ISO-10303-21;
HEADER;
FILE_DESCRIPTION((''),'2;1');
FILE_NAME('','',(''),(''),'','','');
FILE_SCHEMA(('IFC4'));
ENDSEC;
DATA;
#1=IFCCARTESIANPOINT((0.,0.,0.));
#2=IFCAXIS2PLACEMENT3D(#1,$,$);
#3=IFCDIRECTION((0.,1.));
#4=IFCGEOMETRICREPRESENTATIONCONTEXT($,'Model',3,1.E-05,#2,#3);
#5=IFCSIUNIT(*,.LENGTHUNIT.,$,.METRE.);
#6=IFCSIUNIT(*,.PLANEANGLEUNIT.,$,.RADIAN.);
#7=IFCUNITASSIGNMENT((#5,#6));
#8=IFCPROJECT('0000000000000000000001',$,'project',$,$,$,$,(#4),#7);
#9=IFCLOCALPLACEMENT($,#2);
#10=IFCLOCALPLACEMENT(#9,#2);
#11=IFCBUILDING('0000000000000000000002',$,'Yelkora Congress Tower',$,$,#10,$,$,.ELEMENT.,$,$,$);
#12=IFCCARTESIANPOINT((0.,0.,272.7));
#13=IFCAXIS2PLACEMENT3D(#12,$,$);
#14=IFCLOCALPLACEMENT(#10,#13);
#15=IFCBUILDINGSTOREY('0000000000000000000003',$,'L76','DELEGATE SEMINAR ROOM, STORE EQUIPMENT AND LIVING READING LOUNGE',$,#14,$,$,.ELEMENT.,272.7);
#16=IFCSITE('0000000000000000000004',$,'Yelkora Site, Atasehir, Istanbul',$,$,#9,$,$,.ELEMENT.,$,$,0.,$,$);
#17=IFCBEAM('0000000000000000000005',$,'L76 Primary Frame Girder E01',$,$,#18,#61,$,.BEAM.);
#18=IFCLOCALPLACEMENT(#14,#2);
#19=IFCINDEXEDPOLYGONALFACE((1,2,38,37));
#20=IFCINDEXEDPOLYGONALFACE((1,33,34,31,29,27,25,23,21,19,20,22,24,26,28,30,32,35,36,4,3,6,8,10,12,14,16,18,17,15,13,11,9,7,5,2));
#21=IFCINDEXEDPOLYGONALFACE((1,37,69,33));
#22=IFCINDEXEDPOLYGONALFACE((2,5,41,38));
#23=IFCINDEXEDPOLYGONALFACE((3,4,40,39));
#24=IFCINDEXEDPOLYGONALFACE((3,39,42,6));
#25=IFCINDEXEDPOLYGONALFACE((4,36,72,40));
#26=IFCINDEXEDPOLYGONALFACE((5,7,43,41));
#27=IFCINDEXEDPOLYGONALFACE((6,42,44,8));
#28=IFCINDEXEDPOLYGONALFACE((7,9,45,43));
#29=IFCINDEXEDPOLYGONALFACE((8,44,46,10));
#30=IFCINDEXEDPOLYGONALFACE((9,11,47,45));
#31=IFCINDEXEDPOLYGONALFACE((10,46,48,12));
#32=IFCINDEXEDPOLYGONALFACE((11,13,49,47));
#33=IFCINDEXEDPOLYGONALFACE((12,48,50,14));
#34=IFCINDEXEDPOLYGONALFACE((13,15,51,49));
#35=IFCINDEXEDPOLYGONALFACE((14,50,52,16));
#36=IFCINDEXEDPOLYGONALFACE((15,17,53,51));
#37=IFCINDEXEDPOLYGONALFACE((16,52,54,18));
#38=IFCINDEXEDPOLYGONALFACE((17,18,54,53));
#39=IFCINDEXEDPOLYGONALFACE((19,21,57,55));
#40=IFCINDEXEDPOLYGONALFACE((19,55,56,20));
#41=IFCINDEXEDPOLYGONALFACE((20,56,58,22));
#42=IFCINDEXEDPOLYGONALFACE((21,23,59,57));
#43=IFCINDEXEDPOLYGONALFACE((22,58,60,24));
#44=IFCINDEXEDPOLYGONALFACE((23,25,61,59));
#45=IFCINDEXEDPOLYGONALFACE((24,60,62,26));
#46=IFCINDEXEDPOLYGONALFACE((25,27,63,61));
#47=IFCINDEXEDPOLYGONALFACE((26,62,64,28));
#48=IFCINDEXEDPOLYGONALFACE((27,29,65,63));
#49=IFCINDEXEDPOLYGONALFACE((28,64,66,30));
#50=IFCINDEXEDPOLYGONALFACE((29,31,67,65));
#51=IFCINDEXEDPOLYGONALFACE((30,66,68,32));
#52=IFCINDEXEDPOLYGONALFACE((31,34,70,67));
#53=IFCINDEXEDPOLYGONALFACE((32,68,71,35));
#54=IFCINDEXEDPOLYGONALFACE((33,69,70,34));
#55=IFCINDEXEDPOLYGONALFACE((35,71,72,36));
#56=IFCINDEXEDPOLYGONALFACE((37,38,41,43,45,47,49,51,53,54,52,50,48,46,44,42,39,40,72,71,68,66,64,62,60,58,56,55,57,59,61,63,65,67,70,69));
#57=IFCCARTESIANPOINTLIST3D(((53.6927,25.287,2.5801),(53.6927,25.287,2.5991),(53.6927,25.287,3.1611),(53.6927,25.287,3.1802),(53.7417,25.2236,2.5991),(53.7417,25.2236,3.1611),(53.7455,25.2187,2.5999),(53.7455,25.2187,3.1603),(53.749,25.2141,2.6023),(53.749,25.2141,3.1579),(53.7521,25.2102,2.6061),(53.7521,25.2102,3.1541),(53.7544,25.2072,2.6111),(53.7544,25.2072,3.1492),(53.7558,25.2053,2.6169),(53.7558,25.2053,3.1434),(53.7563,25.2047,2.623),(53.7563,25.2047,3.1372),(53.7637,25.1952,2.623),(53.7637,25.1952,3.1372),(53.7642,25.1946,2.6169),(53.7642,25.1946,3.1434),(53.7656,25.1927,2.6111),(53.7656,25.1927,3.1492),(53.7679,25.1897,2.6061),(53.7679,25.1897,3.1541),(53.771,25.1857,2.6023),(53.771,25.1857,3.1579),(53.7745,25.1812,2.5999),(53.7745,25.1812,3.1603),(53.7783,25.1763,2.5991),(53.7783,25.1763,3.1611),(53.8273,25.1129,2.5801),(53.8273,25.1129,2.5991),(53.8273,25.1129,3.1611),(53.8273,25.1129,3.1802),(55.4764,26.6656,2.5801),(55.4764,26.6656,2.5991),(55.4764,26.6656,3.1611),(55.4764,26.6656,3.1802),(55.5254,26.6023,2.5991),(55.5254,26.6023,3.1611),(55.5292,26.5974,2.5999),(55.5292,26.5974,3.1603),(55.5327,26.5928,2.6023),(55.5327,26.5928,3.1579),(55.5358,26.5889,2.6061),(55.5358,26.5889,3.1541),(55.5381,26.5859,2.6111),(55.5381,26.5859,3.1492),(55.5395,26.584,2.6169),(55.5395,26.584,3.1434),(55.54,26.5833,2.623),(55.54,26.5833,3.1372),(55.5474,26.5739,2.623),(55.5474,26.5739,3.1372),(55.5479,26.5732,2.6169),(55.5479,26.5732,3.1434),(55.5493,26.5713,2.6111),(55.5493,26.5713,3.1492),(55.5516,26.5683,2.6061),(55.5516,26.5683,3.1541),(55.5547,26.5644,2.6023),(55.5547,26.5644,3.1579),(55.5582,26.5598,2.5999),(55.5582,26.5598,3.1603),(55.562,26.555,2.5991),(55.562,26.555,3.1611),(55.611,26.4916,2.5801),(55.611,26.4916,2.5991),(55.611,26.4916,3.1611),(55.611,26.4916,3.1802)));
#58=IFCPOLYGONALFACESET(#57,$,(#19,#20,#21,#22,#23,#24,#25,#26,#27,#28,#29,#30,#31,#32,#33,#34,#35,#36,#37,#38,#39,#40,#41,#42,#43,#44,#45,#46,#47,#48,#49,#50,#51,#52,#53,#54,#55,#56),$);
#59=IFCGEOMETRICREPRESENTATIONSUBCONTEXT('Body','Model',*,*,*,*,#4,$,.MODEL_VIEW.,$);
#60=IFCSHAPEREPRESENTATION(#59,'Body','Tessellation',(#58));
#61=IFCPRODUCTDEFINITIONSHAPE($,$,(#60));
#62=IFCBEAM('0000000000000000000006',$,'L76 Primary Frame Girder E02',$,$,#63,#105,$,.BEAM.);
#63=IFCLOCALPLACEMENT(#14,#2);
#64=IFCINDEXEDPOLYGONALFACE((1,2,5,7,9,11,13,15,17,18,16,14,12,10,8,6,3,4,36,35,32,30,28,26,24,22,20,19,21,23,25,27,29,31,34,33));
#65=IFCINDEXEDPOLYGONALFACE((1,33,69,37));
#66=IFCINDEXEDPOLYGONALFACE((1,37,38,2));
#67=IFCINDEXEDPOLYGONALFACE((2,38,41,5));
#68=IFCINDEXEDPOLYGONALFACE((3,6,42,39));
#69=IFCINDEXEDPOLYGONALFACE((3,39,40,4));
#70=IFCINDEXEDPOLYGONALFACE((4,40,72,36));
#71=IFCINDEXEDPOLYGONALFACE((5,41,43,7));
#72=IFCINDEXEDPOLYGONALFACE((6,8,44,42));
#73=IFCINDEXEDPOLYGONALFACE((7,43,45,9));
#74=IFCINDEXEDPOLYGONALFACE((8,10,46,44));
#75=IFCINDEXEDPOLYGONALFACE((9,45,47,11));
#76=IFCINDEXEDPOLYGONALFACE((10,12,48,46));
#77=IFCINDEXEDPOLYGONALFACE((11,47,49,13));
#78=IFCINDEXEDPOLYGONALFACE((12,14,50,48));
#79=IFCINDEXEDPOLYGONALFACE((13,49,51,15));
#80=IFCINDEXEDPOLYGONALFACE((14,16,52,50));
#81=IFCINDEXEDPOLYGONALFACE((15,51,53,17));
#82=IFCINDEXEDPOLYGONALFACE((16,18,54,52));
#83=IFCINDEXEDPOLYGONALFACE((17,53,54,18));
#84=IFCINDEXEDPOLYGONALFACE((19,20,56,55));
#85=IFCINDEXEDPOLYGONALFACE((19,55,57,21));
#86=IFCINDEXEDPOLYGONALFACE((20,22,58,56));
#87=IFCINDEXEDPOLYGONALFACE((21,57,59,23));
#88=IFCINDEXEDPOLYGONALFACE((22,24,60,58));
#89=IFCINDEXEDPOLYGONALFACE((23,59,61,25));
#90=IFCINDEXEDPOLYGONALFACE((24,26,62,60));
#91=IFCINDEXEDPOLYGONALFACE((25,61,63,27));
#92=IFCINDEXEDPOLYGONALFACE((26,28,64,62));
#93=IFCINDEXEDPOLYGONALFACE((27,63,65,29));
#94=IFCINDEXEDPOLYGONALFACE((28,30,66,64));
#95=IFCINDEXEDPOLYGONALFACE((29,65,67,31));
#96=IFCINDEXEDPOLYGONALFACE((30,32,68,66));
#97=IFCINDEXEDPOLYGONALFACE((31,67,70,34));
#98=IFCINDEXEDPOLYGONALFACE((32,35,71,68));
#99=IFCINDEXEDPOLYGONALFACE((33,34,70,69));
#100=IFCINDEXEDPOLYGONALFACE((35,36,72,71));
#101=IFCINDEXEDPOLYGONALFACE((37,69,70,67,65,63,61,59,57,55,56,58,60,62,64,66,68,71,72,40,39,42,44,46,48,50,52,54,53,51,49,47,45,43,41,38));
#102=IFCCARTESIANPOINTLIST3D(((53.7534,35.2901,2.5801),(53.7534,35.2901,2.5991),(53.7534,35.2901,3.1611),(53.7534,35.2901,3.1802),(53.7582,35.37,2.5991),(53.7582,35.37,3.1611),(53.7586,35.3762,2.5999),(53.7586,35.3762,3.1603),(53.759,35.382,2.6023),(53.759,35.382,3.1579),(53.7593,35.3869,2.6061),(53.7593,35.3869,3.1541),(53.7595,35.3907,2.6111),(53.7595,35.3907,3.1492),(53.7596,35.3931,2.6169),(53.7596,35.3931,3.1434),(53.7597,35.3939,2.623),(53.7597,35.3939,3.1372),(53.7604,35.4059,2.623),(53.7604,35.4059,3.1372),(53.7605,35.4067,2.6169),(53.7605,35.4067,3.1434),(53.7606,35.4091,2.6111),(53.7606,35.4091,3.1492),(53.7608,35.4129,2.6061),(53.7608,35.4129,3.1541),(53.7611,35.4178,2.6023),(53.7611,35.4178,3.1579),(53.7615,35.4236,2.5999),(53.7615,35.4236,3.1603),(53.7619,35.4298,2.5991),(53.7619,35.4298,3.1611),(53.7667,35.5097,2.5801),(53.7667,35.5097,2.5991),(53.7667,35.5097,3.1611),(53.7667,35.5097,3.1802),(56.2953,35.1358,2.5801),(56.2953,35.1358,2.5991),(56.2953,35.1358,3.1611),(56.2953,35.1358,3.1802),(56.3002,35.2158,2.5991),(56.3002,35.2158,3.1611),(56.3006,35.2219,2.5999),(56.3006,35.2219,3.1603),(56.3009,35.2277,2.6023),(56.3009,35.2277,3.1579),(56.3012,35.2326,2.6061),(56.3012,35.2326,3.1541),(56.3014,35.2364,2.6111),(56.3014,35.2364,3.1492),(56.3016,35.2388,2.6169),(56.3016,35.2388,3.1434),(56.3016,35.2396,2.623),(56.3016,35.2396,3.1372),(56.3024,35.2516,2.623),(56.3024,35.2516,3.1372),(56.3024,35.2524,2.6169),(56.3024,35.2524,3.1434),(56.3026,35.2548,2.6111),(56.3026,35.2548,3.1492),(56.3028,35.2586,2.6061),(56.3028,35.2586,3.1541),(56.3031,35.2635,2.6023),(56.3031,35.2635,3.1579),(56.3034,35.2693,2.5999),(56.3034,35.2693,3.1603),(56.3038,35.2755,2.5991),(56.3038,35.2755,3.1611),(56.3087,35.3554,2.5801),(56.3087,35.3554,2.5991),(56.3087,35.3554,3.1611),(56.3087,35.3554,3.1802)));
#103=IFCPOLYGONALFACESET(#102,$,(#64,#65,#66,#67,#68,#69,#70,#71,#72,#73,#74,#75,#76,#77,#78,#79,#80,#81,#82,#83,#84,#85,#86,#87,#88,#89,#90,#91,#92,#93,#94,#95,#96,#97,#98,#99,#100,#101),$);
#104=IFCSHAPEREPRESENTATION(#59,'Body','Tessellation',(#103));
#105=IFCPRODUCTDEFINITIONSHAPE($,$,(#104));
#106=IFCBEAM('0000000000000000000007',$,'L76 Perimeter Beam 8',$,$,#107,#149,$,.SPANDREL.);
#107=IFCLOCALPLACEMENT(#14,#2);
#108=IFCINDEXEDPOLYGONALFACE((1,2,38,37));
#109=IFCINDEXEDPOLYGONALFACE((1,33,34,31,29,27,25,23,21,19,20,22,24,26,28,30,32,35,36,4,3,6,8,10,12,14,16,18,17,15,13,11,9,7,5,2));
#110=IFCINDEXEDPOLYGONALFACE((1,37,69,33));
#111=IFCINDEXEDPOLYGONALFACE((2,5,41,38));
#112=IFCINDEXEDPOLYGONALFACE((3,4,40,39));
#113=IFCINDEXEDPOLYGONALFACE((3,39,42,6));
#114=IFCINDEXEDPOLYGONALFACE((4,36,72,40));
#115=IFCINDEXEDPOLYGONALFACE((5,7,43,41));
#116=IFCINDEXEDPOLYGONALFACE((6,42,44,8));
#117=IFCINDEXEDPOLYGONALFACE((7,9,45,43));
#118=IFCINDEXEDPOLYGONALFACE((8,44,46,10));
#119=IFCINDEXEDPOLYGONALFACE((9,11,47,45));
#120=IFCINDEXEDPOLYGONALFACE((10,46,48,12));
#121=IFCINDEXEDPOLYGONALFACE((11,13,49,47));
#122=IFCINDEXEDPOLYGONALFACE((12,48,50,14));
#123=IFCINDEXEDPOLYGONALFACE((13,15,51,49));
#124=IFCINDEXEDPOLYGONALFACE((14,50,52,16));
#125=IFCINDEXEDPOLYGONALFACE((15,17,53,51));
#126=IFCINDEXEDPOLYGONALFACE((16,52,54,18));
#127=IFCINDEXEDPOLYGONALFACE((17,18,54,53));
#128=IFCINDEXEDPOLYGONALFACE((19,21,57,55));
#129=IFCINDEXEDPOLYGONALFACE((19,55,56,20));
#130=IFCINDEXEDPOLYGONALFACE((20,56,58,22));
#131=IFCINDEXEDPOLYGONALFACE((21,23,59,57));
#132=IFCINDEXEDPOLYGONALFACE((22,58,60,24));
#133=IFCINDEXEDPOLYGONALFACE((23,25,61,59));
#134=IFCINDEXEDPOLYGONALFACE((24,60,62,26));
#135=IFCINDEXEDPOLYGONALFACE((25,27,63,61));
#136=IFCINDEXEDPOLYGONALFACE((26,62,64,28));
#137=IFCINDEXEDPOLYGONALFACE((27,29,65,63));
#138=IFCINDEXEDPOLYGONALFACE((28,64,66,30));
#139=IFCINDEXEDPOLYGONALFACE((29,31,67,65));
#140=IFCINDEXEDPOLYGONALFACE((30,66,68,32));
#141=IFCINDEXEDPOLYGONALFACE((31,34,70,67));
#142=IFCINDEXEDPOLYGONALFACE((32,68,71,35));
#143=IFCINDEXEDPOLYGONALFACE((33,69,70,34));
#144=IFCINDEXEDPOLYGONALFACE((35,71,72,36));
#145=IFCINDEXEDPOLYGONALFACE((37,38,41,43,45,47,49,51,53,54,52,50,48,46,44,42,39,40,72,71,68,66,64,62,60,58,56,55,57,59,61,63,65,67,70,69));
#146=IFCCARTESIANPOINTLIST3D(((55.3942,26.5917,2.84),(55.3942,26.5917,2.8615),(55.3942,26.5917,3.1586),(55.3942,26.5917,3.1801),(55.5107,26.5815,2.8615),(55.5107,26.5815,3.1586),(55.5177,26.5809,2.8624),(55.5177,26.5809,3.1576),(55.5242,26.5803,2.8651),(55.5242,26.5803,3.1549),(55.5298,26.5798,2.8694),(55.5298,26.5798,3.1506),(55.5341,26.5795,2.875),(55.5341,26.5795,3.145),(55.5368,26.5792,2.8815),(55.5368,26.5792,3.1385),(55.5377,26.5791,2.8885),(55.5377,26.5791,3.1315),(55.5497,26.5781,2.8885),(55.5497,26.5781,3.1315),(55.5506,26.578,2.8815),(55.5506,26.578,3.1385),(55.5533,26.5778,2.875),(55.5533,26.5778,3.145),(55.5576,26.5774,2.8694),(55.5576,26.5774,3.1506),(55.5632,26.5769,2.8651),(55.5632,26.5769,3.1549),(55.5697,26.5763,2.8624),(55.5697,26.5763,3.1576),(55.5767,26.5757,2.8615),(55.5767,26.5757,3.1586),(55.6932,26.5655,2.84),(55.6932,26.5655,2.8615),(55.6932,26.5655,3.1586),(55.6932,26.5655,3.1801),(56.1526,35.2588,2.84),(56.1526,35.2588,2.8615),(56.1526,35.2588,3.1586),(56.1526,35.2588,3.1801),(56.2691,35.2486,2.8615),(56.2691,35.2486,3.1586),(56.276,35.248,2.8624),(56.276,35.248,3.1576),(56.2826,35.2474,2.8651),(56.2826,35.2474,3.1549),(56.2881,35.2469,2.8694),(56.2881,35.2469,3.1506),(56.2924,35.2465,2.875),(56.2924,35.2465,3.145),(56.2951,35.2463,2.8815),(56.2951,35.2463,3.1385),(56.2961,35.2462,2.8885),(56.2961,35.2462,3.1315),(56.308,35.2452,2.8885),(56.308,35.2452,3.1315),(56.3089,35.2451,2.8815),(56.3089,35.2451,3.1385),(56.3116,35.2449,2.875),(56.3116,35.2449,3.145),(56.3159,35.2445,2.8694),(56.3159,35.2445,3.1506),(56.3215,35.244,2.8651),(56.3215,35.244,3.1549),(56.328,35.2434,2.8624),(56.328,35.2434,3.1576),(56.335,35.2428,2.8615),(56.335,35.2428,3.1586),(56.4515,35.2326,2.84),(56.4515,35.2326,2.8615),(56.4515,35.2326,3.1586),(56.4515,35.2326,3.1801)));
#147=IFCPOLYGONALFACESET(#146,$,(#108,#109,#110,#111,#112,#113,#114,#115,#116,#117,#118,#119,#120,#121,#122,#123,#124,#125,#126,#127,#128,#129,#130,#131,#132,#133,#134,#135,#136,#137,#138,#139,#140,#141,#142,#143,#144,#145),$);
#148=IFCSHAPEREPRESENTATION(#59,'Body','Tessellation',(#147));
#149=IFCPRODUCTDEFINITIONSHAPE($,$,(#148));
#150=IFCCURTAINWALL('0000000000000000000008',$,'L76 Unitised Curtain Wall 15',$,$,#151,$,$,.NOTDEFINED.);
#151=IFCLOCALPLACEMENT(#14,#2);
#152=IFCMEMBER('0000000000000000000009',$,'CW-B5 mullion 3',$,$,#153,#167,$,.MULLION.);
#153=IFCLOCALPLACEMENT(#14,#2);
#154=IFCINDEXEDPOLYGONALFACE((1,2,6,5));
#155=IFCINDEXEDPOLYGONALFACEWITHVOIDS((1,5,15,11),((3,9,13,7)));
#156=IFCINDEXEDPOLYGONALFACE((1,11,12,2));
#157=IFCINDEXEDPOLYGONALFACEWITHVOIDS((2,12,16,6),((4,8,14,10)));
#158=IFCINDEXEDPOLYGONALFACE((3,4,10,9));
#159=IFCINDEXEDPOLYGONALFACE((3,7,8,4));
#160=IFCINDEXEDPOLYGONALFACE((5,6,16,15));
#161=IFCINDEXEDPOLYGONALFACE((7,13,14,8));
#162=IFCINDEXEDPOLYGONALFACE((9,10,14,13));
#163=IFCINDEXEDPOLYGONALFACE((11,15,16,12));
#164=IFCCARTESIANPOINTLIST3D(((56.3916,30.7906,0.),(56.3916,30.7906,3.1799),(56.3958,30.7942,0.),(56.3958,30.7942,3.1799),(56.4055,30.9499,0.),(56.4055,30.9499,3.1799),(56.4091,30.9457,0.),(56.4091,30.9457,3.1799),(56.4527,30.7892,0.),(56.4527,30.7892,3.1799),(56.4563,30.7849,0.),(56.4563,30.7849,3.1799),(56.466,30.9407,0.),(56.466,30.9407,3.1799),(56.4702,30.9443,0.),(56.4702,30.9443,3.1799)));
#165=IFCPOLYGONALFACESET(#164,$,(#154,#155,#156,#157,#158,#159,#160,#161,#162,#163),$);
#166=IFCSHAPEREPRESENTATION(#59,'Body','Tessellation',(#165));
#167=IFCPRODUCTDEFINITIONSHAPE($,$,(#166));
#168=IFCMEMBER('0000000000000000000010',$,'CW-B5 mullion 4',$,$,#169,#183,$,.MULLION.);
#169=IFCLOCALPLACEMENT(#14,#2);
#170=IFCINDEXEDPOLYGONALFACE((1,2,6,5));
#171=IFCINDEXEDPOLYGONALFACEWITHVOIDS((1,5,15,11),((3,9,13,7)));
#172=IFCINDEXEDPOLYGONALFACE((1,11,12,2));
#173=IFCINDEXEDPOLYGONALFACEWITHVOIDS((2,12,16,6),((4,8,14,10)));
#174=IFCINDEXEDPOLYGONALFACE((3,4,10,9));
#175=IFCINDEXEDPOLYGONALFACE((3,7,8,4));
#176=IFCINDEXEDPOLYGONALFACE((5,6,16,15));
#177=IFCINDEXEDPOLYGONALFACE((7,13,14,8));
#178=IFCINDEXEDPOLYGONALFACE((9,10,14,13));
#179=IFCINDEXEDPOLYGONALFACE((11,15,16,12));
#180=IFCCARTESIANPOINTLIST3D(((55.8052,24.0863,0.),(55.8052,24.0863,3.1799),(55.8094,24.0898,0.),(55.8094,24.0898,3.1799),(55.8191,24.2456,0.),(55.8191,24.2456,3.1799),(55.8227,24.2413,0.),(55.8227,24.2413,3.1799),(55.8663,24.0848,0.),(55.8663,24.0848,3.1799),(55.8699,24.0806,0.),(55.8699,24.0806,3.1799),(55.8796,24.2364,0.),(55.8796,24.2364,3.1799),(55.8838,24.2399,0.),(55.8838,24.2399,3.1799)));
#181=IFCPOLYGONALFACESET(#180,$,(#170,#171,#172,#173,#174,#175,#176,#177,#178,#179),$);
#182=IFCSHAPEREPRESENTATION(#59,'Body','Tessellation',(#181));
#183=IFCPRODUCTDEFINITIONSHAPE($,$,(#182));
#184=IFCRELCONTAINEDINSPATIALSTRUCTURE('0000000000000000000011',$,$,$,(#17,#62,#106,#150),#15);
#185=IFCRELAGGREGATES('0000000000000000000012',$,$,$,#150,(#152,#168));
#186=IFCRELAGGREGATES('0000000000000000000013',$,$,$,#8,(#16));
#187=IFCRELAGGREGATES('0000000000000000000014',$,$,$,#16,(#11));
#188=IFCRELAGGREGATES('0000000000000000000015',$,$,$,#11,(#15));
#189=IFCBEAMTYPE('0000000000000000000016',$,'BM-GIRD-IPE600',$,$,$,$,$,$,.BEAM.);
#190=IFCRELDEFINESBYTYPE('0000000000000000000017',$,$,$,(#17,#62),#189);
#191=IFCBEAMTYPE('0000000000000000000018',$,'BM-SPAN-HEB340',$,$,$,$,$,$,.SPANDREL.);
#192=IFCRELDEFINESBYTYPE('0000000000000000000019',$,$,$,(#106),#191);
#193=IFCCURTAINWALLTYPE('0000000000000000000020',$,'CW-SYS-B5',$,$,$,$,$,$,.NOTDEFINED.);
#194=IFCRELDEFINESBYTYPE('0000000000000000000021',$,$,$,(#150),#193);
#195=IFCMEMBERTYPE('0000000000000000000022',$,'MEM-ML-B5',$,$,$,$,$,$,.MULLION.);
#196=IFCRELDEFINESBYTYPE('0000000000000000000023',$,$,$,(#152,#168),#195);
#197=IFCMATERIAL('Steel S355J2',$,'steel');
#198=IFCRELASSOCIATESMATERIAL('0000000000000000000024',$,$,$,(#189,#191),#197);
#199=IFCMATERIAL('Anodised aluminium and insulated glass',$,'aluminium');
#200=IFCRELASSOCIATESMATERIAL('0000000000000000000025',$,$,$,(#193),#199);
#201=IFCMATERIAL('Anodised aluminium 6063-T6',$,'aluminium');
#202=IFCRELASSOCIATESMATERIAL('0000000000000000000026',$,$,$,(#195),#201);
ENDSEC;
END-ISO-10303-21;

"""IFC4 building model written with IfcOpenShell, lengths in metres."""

from ifc_helpers import new_model, si_unit, direction, frame, origin, origin_2d, place, context, subcontext, project, spatial, hollow_rectangle, i_section, extrude, material, material_profile, profile_set, type_object, element, aggregate, save


model = new_model("IFC4")

# Units and contexts
model_context = context("Model", 3, precision=1e-05, world=origin(), true_north=direction((0.0, 1.0)))
body_context = subcontext(model_context, "Body", "Model", "MODEL_VIEW")
ifc_project = project(units=[si_unit("LENGTHUNIT", "METRE"), si_unit("PLANEANGLEUNIT", "RADIAN")], contexts=[model_context])

# Site, building, storey
site_placement = place(None, origin())
site = spatial("IfcSite", under=ifc_project, at=site_placement, Name="Yelkora Site, Atasehir, Istanbul", CompositionType="ELEMENT", RefElevation=0.0)
building_placement = place(site_placement, origin())
building = spatial("IfcBuilding", under=site, at=building_placement, Name="Yelkora Congress Tower", CompositionType="ELEMENT")
storey_placement = place(building_placement, frame((0.0, 0.0, 272.7)))
storey = spatial("IfcBuildingStorey", under=building, at=storey_placement, Name="L76", Description="DELEGATE SEMINAR ROOM, STORE EQUIPMENT AND LIVING READING LOUNGE", CompositionType="ELEMENT", Elevation=272.7)

# Shared definitions
ifc_material_1 = material(Name="Steel S355J2", Category="steel")

# Beams
ifc_material_profile_1 = material_profile(ifc_material_1, i_section(OverallWidth=0.22, OverallDepth=0.6001, WebThickness=0.012, FlangeThickness=0.019, FilletRadius=0.0239, at=origin_2d()), Name="IPE 600")
ifc_profile_set_1 = profile_set([ifc_material_profile_1], Name="Steel S355J2")
beam_type_1 = type_object("IfcBeamType", Name="BM-GIRD-IPE600", PredefinedType="BEAM", material=ifc_profile_set_1)
beam_1_placement = place(storey_placement, frame((55.5437, 26.5786, 2.8801), z_axis=(-0.791209, -0.611546, 0.0), x_axis=(0.611546, -0.791209, 0.0)))
element("IfcBeam", 1, at=beam_1_placement, inside=storey, type_object=beam_type_1, Name="L76 Primary Frame Girder E01", PredefinedType="BEAM", context=body_context, shape_type="SweptSolid", body=[
    extrude(i_section(OverallWidth=0.22, OverallDepth=0.6001, WebThickness=0.012, FlangeThickness=0.019, FilletRadius=0.0239, at=origin_2d()), origin(), (0.0, 0.0, 1.0), 2.2544),
])
beam_2_placement = place(storey_placement, frame((56.302, 35.2456, 2.8801), z_axis=(-0.998163, 0.060588, 0.0), x_axis=(-0.060588, -0.998163, 0.0)))
element("IfcBeam", 2, at=beam_2_placement, inside=storey, type_object=beam_type_1, Name="L76 Primary Frame Girder E02", PredefinedType="BEAM", context=body_context, shape_type="SweptSolid", body=[
    extrude(i_section(OverallWidth=0.22, OverallDepth=0.6001, WebThickness=0.012, FlangeThickness=0.019, FilletRadius=0.0239, at=origin_2d()), origin(), (0.0, 0.0, 1.0), 2.5466),
])
ifc_material_profile_2 = material_profile(ifc_material_1, i_section(OverallWidth=0.3, OverallDepth=0.3401, WebThickness=0.012, FlangeThickness=0.0215, FilletRadius=0.0271, at=origin_2d()), Name="HEB 340")
ifc_profile_set_2 = profile_set([ifc_material_profile_2], Name="Steel S355J2")
beam_type_2 = type_object("IfcBeamType", Name="BM-SPAN-HEB340", PredefinedType="SPANDREL", material=ifc_profile_set_2)
beam_3_placement = place(storey_placement, frame((55.5437, 26.5786, 3.01), z_axis=(0.08716, 0.996194, 0.0), x_axis=(-0.996194, 0.08716, 0.0)))
element("IfcBeam", 3, at=beam_3_placement, inside=storey, type_object=beam_type_2, Name="L76 Perimeter Beam 8", PredefinedType="SPANDREL", context=body_context, shape_type="SweptSolid", body=[
    extrude(i_section(OverallWidth=0.3, OverallDepth=0.3401, WebThickness=0.012, FlangeThickness=0.0215, FilletRadius=0.0271, at=origin_2d()), origin(), (0.0, 0.0, 1.0), 8.7002),
])

# Curtain wall, members
ifc_material_2 = material(Name="Anodised aluminium and insulated glass", Category="aluminium")
curtain_wall_type = type_object("IfcCurtainWallType", Name="CW-SYS-B5", PredefinedType="NOTDEFINED", material=ifc_material_2)
curtain_wall_placement = place(storey_placement, origin())
curtain_wall = element("IfcCurtainWall", 4, at=curtain_wall_placement, inside=storey, type_object=curtain_wall_type, Name="L76 Unitised Curtain Wall 15", PredefinedType="NOTDEFINED")
ifc_material_3 = material(Name="Anodised aluminium 6063-T6", Category="aluminium")
ifc_material_profile_3 = material_profile(ifc_material_3, hollow_rectangle(XDim=0.0649, YDim=0.1599, WallThickness=0.0039, at=origin_2d()), Name="ALU 65x160x4")
ifc_profile_set_3 = profile_set([ifc_material_profile_3], Name="Anodised aluminium 6063-T6")
member_type_1 = type_object("IfcMemberType", Name="MEM-ML-B5", PredefinedType="MULLION", material=ifc_profile_set_3)
member_1_placement = place(storey_placement, frame((56.4309, 30.8674, 0.0), z_axis=(0.0, 0.0, 1.0), x_axis=(0.996194, -0.087158, 0.0)))
member_1 = element("IfcMember", 5, at=member_1_placement, type_object=member_type_1, Name="CW-B5 mullion 3", PredefinedType="MULLION", context=body_context, shape_type="SweptSolid", body=[
    extrude(hollow_rectangle(XDim=0.0649, YDim=0.1599, WallThickness=0.0039, at=origin_2d()), origin(), (0.0, 0.0, 1.0), 3.1799),
])
member_2_placement = place(storey_placement, frame((55.8445, 24.1631, 0.0), z_axis=(0.0, 0.0, 1.0), x_axis=(0.996194, -0.087158, 0.0)))
member_2 = element("IfcMember", 6, at=member_2_placement, type_object=member_type_1, Name="CW-B5 mullion 4", PredefinedType="MULLION", context=body_context, shape_type="SweptSolid", body=[
    extrude(hollow_rectangle(XDim=0.0649, YDim=0.1599, WallThickness=0.0039, at=origin_2d()), origin(), (0.0, 0.0, 1.0), 3.1799),
])
aggregate(curtain_wall, [member_1, member_2])

save(model, "model.ifc")
